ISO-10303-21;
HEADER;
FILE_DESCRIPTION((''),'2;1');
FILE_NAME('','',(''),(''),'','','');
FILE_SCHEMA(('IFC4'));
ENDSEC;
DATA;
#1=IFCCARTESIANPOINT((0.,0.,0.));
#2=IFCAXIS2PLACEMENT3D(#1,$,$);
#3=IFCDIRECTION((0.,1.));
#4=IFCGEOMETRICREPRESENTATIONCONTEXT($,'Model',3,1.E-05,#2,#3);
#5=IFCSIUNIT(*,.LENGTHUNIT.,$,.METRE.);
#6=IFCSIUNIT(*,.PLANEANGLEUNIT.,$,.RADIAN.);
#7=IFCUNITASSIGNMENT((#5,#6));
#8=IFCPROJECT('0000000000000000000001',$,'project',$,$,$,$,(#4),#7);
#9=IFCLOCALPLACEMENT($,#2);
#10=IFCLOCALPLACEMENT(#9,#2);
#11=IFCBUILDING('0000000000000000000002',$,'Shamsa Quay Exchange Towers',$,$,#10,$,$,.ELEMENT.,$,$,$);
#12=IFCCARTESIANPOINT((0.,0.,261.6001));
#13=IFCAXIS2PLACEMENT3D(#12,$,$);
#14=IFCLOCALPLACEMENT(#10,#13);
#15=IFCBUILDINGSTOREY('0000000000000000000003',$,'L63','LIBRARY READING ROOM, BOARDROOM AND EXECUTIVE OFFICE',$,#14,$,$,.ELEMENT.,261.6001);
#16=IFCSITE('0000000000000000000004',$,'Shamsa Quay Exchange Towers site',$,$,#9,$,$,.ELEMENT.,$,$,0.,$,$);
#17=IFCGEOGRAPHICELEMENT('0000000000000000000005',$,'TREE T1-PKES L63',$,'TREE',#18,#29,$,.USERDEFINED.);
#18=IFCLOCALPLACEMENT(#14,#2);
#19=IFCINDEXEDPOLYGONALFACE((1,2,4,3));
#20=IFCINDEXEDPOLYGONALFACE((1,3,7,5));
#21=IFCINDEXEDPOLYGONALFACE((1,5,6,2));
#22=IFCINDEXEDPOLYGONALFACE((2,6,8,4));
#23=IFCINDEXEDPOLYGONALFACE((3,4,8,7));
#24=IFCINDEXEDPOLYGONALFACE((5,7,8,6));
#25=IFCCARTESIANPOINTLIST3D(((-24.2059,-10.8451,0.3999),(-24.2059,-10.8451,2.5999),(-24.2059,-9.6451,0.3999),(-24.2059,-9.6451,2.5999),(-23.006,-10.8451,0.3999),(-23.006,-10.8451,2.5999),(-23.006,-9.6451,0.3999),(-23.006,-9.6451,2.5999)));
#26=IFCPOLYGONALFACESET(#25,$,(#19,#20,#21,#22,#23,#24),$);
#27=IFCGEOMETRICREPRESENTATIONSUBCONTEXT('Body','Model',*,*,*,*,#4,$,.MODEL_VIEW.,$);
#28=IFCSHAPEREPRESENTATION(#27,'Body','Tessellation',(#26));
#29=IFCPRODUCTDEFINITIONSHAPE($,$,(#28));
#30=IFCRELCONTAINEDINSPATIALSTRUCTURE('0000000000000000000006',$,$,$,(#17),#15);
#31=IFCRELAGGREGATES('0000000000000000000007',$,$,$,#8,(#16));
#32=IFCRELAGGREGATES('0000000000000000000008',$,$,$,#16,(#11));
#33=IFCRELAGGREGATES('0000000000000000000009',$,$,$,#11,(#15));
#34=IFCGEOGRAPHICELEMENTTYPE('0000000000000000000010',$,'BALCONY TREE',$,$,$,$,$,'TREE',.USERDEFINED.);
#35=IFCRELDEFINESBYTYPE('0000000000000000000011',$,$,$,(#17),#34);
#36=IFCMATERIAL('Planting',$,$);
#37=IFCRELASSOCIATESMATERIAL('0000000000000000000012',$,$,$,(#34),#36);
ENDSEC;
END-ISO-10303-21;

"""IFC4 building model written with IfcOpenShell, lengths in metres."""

from ifc_helpers import new_model, si_unit, direction, frame, origin, origin_2d, place, context, subcontext, project, spatial, rectangle, extrude, material, type_object, element, save


model = new_model("IFC4")

# Units and contexts
model_context = context("Model", 3, precision=1e-05, world=origin(), true_north=direction((0.0, 1.0)))
body_context = subcontext(model_context, "Body", "Model", "MODEL_VIEW")
ifc_project = project(units=[si_unit("LENGTHUNIT", "METRE"), si_unit("PLANEANGLEUNIT", "RADIAN")], contexts=[model_context])

# Site, building, storey
site_placement = place(None, origin())
site = spatial("IfcSite", under=ifc_project, at=site_placement, Name="Shamsa Quay Exchange Towers site", CompositionType="ELEMENT", RefElevation=0.0)
building_placement = place(site_placement, origin())
building = spatial("IfcBuilding", under=site, at=building_placement, Name="Shamsa Quay Exchange Towers", CompositionType="ELEMENT")
storey_placement = place(building_placement, frame((0.0, 0.0, 261.6001)))
storey = spatial("IfcBuildingStorey", under=building, at=storey_placement, Name="L63", Description="LIBRARY READING ROOM, BOARDROOM AND EXECUTIVE OFFICE", CompositionType="ELEMENT", Elevation=261.6001)

# Geographic element
ifc_material_1 = material(Name="Planting")
geographic_element_type = type_object("IfcGeographicElementType", Name="BALCONY TREE", ElementType="TREE", PredefinedType="USERDEFINED", material=ifc_material_1)
geographic_element_placement = place(storey_placement, frame((-23.606, -10.2451, 0.3999)))
element("IfcGeographicElement", 1, at=geographic_element_placement, inside=storey, type_object=geographic_element_type, Name="TREE T1-PKES L63", ObjectType="TREE", PredefinedType="USERDEFINED", context=body_context, shape_type="SweptSolid", body=[
    extrude(rectangle(XDim=1.2, YDim=1.2, at=origin_2d()), origin(), (0.0, 0.0, 1.0), 2.2),
])

save(model, "model.ifc")
